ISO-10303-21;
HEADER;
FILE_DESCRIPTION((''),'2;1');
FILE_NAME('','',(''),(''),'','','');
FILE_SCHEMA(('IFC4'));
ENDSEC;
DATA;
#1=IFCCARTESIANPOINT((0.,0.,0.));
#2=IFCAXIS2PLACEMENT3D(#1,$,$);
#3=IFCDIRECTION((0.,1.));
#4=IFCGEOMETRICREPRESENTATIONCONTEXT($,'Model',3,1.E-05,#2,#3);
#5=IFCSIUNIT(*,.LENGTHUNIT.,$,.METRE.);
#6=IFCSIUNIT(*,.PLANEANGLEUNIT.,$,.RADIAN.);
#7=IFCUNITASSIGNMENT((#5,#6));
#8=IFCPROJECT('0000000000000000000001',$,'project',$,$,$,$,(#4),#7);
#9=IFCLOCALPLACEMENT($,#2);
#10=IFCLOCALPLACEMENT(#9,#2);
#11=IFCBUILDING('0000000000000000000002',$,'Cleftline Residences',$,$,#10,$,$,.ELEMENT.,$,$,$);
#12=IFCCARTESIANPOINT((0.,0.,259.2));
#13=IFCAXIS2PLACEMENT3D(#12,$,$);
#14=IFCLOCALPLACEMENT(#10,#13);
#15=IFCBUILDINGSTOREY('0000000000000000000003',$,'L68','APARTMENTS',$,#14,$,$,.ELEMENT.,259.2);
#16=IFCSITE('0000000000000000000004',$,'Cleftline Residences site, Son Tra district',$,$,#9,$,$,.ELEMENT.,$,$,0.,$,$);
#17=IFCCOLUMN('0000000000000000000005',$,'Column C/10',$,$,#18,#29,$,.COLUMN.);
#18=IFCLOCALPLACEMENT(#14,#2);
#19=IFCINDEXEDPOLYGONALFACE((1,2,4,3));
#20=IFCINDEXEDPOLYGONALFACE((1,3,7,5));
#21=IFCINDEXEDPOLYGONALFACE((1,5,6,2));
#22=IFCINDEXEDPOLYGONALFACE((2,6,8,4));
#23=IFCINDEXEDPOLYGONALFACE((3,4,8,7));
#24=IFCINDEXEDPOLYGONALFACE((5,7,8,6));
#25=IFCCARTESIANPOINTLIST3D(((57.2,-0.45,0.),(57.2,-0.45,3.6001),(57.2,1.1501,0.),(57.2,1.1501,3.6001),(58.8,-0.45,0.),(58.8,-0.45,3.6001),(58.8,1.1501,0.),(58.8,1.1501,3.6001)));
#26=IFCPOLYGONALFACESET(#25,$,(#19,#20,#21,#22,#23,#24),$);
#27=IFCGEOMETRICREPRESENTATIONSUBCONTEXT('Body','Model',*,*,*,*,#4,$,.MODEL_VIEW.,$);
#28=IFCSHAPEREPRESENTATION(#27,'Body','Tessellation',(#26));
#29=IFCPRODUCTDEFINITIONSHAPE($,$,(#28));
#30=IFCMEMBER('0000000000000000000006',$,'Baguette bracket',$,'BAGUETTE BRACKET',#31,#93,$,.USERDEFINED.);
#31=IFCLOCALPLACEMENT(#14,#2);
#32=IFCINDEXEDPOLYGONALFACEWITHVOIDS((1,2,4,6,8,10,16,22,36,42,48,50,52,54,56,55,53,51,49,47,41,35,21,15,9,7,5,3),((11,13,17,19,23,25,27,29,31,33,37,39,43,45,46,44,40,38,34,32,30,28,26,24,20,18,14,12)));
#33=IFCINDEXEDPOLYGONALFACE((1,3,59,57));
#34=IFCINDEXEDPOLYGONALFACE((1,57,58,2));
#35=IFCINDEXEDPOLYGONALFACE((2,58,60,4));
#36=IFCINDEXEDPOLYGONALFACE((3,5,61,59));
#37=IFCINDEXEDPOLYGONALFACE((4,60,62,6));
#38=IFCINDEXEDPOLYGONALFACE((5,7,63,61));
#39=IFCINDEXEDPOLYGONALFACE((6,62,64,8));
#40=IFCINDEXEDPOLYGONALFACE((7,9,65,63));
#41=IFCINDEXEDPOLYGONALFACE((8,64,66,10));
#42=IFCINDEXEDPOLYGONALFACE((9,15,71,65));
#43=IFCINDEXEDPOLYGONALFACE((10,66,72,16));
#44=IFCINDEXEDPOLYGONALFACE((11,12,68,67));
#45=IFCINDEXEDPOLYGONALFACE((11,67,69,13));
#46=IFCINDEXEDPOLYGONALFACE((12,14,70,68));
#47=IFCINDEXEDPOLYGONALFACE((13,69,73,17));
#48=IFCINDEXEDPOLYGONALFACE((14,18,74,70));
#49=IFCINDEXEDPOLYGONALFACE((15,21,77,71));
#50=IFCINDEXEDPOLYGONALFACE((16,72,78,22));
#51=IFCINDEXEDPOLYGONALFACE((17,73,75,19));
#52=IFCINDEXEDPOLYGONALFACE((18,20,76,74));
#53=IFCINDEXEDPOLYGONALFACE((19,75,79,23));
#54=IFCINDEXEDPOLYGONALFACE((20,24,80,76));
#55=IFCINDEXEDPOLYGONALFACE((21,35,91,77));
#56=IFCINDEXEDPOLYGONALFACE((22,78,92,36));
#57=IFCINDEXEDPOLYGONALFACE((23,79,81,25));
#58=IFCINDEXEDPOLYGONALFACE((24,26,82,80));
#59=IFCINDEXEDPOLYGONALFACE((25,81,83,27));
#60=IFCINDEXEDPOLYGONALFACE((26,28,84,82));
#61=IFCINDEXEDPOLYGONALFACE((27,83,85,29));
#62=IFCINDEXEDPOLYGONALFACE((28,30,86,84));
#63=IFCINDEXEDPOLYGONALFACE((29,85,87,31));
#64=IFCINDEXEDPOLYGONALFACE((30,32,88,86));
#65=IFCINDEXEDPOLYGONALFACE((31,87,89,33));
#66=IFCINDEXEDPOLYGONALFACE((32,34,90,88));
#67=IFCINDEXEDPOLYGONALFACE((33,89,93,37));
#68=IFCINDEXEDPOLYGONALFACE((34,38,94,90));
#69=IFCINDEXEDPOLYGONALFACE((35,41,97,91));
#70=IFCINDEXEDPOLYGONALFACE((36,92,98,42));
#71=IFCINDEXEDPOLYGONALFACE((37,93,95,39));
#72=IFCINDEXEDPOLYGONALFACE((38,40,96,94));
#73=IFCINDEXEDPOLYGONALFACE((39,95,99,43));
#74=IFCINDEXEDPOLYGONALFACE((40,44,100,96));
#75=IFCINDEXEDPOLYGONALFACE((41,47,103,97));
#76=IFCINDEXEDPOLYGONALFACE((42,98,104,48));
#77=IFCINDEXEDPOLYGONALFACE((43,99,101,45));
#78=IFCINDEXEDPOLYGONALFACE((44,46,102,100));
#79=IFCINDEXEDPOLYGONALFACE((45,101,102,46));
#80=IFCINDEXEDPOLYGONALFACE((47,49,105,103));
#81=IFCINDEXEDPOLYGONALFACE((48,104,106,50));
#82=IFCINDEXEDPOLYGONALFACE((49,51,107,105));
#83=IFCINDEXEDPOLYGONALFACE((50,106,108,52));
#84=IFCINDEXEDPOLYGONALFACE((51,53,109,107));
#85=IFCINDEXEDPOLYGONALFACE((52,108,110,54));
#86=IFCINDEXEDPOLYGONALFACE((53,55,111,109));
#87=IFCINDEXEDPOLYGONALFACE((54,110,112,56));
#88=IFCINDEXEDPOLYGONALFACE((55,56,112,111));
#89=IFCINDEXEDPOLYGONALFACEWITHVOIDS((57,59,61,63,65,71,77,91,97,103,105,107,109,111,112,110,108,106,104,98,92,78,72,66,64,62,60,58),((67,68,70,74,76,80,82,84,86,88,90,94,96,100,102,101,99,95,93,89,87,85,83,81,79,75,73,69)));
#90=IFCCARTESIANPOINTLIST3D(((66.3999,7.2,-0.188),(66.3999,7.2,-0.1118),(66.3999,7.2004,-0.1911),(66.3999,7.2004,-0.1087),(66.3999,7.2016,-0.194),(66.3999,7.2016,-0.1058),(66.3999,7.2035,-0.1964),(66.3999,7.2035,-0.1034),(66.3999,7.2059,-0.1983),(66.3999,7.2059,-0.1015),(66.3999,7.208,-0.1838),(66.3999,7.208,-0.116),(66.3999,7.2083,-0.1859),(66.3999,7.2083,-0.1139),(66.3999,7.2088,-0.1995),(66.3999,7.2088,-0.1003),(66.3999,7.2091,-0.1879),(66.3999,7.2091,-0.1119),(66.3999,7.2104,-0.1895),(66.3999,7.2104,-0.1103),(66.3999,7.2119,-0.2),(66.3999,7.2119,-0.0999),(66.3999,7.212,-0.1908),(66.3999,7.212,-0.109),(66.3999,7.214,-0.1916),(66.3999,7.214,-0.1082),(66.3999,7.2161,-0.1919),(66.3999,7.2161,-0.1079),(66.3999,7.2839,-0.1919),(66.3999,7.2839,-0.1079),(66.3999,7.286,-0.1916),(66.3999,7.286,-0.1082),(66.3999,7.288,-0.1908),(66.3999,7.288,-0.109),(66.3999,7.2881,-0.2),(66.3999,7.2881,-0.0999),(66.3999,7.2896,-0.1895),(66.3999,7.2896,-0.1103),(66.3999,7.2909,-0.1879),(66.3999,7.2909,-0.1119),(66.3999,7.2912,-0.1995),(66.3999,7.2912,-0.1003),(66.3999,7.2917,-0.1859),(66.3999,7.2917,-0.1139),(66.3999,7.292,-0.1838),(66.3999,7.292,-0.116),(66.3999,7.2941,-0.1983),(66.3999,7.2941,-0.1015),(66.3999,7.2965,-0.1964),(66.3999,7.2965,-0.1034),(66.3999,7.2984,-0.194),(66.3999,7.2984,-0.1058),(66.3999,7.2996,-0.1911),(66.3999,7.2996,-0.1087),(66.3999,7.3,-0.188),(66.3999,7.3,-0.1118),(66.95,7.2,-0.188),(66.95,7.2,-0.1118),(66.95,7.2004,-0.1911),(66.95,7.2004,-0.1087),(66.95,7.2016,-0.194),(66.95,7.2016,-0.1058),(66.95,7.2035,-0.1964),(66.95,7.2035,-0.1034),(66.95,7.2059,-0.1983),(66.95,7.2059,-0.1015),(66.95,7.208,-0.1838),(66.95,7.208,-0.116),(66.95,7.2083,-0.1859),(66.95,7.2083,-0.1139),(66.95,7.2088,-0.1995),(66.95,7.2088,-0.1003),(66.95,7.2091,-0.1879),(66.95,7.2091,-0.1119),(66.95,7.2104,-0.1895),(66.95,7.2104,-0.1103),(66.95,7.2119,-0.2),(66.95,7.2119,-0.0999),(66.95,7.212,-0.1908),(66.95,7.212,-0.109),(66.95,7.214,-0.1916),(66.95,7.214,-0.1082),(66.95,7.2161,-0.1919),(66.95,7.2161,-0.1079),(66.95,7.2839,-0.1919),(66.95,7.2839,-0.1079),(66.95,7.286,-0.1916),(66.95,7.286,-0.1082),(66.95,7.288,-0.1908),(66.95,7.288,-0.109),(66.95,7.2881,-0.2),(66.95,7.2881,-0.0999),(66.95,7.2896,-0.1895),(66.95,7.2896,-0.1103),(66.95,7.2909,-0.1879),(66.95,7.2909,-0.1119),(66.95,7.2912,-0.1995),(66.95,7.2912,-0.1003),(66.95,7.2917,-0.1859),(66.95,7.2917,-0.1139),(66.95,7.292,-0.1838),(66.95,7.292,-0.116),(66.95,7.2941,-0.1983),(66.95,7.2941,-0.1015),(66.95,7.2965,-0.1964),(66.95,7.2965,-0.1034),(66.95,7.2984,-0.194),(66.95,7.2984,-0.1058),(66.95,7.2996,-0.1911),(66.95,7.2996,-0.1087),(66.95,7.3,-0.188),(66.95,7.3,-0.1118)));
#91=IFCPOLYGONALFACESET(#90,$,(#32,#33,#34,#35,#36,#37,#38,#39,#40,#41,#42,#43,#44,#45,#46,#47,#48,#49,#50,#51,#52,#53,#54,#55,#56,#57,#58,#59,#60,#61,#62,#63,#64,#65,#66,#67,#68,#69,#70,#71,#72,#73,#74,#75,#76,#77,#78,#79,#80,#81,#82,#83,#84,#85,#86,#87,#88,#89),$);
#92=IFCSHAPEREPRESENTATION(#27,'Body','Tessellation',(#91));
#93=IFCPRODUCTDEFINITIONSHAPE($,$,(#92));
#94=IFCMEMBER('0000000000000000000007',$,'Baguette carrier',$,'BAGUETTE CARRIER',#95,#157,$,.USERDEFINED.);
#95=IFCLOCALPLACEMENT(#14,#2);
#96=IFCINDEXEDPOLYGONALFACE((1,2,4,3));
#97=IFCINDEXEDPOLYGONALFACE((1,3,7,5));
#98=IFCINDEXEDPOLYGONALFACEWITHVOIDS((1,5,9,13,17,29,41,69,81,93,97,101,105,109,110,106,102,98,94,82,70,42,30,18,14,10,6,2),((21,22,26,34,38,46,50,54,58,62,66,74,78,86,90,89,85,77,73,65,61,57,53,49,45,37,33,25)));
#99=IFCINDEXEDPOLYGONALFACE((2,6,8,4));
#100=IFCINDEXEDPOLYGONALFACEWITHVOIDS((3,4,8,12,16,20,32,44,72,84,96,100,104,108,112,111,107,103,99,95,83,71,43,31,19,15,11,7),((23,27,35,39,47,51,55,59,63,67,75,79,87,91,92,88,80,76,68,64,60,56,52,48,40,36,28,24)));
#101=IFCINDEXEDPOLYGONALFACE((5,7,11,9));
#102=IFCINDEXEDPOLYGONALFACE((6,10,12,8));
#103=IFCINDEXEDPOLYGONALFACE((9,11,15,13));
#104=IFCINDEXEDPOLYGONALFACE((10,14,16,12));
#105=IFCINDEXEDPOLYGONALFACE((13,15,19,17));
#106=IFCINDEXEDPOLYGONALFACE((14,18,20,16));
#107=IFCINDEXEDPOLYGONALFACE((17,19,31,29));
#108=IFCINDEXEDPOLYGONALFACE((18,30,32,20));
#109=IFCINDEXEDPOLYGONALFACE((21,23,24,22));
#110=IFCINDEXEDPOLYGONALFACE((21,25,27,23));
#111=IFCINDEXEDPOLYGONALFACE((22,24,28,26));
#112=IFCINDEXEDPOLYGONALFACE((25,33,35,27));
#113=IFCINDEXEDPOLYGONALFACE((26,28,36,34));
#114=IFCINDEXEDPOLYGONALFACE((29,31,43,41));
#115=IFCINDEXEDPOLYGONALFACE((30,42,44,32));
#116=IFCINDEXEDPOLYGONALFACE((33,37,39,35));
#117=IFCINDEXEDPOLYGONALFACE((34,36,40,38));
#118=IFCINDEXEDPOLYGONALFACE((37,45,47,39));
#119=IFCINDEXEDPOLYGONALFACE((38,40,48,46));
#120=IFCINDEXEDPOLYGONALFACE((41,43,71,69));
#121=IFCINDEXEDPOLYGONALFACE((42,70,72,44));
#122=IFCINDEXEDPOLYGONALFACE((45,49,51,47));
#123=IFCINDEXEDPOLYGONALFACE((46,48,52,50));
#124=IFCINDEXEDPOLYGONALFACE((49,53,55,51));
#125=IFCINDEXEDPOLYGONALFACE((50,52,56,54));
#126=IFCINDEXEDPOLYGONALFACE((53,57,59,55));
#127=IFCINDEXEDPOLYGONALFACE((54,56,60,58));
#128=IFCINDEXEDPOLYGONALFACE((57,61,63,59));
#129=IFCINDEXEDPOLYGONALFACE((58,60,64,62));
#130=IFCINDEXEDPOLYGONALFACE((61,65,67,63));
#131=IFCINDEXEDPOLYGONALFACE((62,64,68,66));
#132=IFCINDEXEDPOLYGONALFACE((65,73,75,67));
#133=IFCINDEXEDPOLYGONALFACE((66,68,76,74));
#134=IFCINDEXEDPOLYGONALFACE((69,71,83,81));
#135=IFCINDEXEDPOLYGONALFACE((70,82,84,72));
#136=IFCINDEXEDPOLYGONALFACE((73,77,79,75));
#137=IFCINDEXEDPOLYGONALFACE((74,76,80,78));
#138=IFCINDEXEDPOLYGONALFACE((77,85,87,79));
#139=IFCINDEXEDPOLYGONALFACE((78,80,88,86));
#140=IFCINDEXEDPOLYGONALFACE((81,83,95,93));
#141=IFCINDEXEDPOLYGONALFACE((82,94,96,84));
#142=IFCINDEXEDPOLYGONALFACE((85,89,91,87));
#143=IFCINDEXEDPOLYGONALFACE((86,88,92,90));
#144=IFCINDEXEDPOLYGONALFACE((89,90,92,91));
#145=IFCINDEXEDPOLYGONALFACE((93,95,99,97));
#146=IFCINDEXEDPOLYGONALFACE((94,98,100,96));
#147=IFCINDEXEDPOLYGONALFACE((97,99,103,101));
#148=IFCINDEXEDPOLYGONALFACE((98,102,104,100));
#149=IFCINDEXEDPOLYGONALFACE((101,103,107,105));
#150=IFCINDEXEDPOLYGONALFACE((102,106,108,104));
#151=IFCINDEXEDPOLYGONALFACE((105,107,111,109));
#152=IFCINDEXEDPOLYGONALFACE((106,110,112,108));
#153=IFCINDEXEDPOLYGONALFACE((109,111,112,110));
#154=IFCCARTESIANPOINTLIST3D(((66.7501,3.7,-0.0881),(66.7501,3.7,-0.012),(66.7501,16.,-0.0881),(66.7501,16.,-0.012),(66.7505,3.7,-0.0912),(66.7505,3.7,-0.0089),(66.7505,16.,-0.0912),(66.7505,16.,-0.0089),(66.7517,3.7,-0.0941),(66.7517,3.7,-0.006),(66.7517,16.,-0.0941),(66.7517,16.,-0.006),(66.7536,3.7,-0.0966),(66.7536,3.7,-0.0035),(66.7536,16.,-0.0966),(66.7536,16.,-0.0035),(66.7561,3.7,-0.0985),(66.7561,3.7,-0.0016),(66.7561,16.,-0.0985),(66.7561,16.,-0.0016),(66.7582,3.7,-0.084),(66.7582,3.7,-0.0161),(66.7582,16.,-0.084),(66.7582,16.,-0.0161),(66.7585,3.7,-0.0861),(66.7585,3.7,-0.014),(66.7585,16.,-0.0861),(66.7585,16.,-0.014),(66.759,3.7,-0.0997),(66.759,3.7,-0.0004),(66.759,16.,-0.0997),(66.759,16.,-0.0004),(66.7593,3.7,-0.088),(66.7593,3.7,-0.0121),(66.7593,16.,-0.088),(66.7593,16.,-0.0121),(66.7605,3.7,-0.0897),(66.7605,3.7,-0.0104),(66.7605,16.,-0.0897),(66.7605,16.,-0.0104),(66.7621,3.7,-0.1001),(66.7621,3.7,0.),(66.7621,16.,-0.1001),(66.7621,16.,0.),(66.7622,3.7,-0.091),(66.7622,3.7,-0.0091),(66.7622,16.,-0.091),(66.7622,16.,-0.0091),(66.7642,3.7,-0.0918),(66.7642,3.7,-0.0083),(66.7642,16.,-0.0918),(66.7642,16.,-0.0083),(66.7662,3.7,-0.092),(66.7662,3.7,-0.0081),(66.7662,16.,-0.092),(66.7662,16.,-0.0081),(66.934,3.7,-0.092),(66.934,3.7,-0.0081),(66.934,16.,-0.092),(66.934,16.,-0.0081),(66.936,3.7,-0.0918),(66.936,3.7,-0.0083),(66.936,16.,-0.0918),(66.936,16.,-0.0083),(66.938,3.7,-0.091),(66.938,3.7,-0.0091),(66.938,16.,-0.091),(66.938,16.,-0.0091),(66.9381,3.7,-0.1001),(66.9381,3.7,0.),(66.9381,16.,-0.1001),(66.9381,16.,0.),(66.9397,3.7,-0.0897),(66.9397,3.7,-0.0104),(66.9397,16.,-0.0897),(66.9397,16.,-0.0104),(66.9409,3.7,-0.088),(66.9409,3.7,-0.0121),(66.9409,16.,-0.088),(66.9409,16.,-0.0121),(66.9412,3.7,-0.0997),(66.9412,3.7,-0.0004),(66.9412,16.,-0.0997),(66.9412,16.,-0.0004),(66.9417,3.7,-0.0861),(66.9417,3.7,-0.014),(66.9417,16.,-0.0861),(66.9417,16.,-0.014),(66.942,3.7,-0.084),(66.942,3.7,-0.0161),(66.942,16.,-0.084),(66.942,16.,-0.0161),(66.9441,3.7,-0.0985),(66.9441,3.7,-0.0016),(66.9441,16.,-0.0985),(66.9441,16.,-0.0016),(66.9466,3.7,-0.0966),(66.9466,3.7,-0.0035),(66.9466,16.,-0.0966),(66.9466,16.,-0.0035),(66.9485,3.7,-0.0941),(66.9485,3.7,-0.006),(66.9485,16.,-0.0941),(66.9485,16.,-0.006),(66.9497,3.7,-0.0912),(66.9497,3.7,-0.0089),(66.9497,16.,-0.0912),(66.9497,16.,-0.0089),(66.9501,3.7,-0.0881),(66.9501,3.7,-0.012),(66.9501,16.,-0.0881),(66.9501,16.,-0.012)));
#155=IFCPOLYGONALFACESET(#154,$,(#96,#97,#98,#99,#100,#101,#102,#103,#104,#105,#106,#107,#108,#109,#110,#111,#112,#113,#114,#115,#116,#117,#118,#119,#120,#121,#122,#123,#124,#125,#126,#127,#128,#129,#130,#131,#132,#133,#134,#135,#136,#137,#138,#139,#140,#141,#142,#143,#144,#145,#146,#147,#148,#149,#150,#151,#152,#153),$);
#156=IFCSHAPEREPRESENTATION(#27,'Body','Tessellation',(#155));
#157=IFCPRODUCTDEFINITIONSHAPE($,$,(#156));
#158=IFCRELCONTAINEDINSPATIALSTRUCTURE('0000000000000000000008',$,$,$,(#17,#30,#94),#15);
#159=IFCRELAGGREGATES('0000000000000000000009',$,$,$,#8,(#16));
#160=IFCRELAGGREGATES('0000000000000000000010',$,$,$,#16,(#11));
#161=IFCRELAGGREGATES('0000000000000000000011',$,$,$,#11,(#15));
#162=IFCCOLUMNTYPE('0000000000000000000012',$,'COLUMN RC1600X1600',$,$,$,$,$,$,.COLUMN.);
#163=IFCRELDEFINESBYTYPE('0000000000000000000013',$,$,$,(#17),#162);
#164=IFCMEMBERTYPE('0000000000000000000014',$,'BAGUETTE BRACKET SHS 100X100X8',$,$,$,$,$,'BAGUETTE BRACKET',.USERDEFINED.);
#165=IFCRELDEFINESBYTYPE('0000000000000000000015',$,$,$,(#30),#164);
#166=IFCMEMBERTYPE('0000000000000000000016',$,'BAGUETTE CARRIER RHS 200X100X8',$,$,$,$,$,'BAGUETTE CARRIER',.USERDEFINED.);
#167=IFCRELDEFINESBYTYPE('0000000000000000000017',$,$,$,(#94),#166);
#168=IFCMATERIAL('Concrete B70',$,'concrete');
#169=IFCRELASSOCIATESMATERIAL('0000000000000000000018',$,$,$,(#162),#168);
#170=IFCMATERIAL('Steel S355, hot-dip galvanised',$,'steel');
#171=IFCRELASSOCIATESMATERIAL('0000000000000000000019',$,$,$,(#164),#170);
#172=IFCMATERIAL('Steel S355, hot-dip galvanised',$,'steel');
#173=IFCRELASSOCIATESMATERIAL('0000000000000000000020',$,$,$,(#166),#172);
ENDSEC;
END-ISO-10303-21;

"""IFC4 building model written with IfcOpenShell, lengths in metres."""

from ifc_helpers import new_model, si_unit, direction, frame, origin, origin_2d, place, context, subcontext, project, spatial, rectangle, hollow_rectangle, extrude, material, material_profile, profile_set, type_object, element, save


model = new_model("IFC4")

# Units and contexts
model_context = context("Model", 3, precision=1e-05, world=origin(), true_north=direction((0.0, 1.0)))
body_context = subcontext(model_context, "Body", "Model", "MODEL_VIEW")
ifc_project = project(units=[si_unit("LENGTHUNIT", "METRE"), si_unit("PLANEANGLEUNIT", "RADIAN")], contexts=[model_context])

# Site, building, storey
site_placement = place(None, origin())
site = spatial("IfcSite", under=ifc_project, at=site_placement, Name="Cleftline Residences site, Son Tra district", CompositionType="ELEMENT", RefElevation=0.0)
building_placement = place(site_placement, origin())
building = spatial("IfcBuilding", under=site, at=building_placement, Name="Cleftline Residences", CompositionType="ELEMENT")
storey_placement = place(building_placement, frame((0.0, 0.0, 259.2)))
storey = spatial("IfcBuildingStorey", under=building, at=storey_placement, Name="L68", Description="APARTMENTS", CompositionType="ELEMENT", Elevation=259.2)

# Column
ifc_material_1 = material(Name="Concrete B70", Category="concrete")
ifc_material_profile_1 = material_profile(ifc_material_1, rectangle(XDim=1.6001, YDim=1.6001, at=origin_2d()))
ifc_profile_set_1 = profile_set([ifc_material_profile_1], Name="Concrete B70")
column_type = type_object("IfcColumnType", Name="COLUMN RC1600X1600", PredefinedType="COLUMN", material=ifc_profile_set_1)
column_placement = place(storey_placement, frame((58.0, 0.3501, 0.0), z_axis=(0.0, 0.0, 1.0), x_axis=(1.0, 0.0, 0.0)))
element("IfcColumn", 1, at=column_placement, inside=storey, type_object=column_type, Name="Column C/10", PredefinedType="COLUMN", context=body_context, shape_type="SweptSolid", body=[
    extrude(rectangle(XDim=1.6001, YDim=1.6001, at=origin_2d()), origin(), (0.0, 0.0, 1.0), 3.6001),
])

# Members
ifc_material_2 = material(Name="Steel S355, hot-dip galvanised", Category="steel")
ifc_material_profile_2 = material_profile(ifc_material_2, hollow_rectangle(XDim=0.1001, YDim=0.1001, WallThickness=0.0081, InnerFilletRadius=0.0081, OuterFilletRadius=0.012, at=origin_2d()))
ifc_profile_set_2 = profile_set([ifc_material_profile_2], Name="Steel S355, hot-dip galvanised")
member_type_1 = type_object("IfcMemberType", Name="BAGUETTE BRACKET SHS 100X100X8", ElementType="BAGUETTE BRACKET", PredefinedType="USERDEFINED", material=ifc_profile_set_2)
member_1_placement = place(storey_placement, frame((66.3999, 7.25, -0.1499), z_axis=(1.0, 0.0, 0.0), x_axis=(0.0, 1.0, 0.0)))
element("IfcMember", 2, at=member_1_placement, inside=storey, type_object=member_type_1, Name="Baguette bracket", ObjectType="BAGUETTE BRACKET", PredefinedType="USERDEFINED", context=body_context, shape_type="SweptSolid", body=[
    extrude(hollow_rectangle(XDim=0.1001, YDim=0.1001, WallThickness=0.0081, InnerFilletRadius=0.0081, OuterFilletRadius=0.012, at=origin_2d()), origin(), (0.0, 0.0, 1.0), 0.55),
])
ifc_material_3 = material(Name="Steel S355, hot-dip galvanised", Category="steel")
ifc_material_profile_3 = material_profile(ifc_material_3, hollow_rectangle(XDim=0.1001, YDim=0.2, WallThickness=0.0081, InnerFilletRadius=0.0081, OuterFilletRadius=0.012, at=origin_2d()))
ifc_profile_set_3 = profile_set([ifc_material_profile_3], Name="Steel S355, hot-dip galvanised")
member_type_2 = type_object("IfcMemberType", Name="BAGUETTE CARRIER RHS 200X100X8", ElementType="BAGUETTE CARRIER", PredefinedType="USERDEFINED", material=ifc_profile_set_3)
member_2_placement = place(storey_placement, frame((66.8501, 3.7, -0.05), z_axis=(0.0, 1.0, 0.0), x_axis=(0.0, 0.0, 1.0)))
element("IfcMember", 3, at=member_2_placement, inside=storey, type_object=member_type_2, Name="Baguette carrier", ObjectType="BAGUETTE CARRIER", PredefinedType="USERDEFINED", context=body_context, shape_type="SweptSolid", body=[
    extrude(hollow_rectangle(XDim=0.1001, YDim=0.2, WallThickness=0.0081, InnerFilletRadius=0.0081, OuterFilletRadius=0.012, at=origin_2d()), origin(), (0.0, 0.0, 1.0), 12.3),
])

save(model, "model.ifc")
